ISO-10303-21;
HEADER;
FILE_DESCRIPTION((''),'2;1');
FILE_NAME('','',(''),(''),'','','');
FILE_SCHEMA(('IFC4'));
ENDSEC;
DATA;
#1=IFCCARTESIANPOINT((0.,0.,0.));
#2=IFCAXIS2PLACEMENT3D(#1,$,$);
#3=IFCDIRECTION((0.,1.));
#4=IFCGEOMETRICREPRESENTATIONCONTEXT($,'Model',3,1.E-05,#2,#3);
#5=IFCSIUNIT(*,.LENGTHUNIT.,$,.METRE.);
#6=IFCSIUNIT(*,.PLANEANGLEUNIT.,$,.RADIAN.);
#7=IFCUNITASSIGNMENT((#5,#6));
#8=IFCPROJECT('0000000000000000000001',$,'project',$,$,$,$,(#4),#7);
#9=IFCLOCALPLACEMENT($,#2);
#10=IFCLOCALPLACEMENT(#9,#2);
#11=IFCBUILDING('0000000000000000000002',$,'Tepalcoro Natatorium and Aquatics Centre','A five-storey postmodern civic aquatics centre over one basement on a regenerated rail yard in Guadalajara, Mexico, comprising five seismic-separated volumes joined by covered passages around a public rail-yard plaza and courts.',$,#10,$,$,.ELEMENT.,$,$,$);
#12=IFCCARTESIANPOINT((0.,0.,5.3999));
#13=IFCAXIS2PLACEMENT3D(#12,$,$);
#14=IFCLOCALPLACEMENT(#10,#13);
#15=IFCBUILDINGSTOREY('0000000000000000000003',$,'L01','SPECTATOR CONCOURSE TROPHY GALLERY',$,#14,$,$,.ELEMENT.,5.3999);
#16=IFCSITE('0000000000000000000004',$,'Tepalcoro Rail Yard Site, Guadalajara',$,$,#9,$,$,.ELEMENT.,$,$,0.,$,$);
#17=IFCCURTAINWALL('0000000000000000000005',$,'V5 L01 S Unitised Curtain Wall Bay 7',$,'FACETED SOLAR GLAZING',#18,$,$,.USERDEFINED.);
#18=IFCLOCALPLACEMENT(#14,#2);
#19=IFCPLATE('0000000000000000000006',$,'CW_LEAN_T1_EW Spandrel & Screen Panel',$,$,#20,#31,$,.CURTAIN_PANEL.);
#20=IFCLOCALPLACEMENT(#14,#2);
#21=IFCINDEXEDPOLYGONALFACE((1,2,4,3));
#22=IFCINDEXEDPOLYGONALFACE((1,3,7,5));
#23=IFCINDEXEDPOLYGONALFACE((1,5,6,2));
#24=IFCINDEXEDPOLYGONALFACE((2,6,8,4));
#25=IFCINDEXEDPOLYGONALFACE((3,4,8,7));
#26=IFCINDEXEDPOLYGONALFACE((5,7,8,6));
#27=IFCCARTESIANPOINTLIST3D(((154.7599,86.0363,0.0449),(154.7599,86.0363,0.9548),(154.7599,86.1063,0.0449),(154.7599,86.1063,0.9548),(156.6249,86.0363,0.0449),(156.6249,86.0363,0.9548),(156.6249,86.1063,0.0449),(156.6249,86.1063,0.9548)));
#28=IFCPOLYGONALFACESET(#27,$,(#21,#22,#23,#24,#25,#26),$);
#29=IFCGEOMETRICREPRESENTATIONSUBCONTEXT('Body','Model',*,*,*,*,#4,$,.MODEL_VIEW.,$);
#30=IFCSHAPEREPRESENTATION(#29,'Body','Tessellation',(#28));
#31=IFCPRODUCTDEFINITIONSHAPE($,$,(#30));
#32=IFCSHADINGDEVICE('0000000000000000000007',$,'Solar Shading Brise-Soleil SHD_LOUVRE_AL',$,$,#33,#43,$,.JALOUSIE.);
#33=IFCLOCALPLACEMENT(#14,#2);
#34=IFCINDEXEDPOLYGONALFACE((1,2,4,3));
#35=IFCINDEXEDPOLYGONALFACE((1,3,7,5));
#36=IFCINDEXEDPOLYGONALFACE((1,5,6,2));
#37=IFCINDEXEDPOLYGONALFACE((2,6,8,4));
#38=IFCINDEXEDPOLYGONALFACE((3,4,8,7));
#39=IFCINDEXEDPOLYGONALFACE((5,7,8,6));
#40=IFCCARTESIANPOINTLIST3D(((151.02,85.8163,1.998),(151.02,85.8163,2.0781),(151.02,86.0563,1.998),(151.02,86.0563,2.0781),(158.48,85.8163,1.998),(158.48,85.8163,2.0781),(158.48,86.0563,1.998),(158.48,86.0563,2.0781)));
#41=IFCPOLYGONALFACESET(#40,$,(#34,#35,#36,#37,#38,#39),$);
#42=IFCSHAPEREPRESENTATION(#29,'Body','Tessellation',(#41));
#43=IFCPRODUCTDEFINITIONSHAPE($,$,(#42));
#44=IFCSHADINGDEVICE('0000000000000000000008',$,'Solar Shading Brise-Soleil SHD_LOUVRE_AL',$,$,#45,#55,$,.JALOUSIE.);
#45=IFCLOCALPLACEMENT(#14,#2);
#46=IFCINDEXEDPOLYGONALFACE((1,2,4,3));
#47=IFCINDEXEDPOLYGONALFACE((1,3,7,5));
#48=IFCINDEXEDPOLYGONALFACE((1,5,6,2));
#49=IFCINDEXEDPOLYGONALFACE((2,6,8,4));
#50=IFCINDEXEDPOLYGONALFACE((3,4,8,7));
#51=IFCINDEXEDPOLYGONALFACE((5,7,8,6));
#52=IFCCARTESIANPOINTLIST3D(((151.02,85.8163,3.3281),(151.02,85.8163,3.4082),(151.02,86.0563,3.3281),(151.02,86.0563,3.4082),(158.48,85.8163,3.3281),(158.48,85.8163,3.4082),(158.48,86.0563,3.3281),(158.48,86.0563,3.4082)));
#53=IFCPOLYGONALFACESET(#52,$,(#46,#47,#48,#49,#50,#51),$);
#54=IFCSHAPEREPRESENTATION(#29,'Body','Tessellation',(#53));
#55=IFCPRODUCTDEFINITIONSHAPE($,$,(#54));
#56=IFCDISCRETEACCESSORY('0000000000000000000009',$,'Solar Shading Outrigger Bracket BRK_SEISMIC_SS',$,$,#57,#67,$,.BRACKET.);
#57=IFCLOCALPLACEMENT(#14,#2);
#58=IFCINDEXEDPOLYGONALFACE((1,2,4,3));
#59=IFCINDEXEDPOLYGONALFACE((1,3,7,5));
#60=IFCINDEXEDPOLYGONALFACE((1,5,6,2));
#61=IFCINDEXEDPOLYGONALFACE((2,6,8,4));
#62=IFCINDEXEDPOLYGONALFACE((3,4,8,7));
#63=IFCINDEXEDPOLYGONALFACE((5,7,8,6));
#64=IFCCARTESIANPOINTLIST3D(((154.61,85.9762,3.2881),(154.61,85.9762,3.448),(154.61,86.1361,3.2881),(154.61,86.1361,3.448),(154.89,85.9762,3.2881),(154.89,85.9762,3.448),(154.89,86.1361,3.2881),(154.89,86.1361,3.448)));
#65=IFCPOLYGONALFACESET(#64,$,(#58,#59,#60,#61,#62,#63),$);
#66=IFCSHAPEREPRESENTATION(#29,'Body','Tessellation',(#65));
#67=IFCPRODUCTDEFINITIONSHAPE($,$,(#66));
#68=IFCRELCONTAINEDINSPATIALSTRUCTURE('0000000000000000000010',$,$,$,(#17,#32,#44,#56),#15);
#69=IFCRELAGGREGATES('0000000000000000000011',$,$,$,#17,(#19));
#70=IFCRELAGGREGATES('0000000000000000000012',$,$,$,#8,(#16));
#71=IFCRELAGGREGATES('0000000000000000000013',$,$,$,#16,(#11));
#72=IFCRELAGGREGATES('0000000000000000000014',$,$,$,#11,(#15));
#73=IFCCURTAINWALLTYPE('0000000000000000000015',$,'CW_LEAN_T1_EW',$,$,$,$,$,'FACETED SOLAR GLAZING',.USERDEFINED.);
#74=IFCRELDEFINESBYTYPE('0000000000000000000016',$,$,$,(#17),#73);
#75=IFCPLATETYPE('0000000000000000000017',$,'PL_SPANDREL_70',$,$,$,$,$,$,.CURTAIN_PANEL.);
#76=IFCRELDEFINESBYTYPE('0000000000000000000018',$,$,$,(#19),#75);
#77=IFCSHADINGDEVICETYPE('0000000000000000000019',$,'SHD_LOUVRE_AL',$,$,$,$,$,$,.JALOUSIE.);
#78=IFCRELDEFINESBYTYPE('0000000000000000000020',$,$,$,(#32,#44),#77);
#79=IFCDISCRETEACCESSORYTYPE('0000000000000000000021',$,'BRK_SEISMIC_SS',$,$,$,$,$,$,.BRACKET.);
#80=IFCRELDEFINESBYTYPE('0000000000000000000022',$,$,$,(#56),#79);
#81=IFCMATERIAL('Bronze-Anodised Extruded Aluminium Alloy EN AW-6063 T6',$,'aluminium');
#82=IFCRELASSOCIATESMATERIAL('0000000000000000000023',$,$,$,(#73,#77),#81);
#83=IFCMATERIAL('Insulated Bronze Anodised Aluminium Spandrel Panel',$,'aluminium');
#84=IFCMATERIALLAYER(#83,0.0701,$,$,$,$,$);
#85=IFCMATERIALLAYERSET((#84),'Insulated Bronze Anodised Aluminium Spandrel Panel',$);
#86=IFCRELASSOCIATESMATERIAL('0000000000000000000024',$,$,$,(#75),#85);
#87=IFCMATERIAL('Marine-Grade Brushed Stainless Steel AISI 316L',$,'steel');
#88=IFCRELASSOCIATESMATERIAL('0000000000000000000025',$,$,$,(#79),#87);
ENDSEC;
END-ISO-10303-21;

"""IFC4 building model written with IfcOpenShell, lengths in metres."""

from ifc_helpers import new_model, si_unit, direction, frame, origin, origin_2d, place, context, subcontext, project, spatial, rectangle, extrude, material, layer, layer_set, type_object, element, aggregate, save


model = new_model("IFC4")

# Units and contexts
model_context = context("Model", 3, precision=1e-05, world=origin(), true_north=direction((0.0, 1.0)))
body_context = subcontext(model_context, "Body", "Model", "MODEL_VIEW")
ifc_project = project(units=[si_unit("LENGTHUNIT", "METRE"), si_unit("PLANEANGLEUNIT", "RADIAN")], contexts=[model_context])

# Site, building, storey
site_placement = place(None, origin())
site = spatial("IfcSite", under=ifc_project, at=site_placement, Name="Tepalcoro Rail Yard Site, Guadalajara", CompositionType="ELEMENT", RefElevation=0.0)
building_placement = place(site_placement, origin())
building = spatial("IfcBuilding", under=site, at=building_placement, Name="Tepalcoro Natatorium and Aquatics Centre", Description="A five-storey postmodern civic aquatics centre over one basement on a regenerated rail yard in Guadalajara, Mexico, comprising five seismic-separated volumes joined by covered passages around a public rail-yard plaza and courts.", CompositionType="ELEMENT")
storey_placement = place(building_placement, frame((0.0, 0.0, 5.3999)))
storey = spatial("IfcBuildingStorey", under=building, at=storey_placement, Name="L01", Description="SPECTATOR CONCOURSE TROPHY GALLERY", CompositionType="ELEMENT", Elevation=5.3999)

# Curtain wall
ifc_material_1 = material(Name="Bronze-Anodised Extruded Aluminium Alloy EN AW-6063 T6", Category="aluminium")
curtain_wall_type_1 = type_object("IfcCurtainWallType", Name="CW_LEAN_T1_EW", ElementType="FACETED SOLAR GLAZING", PredefinedType="USERDEFINED", material=ifc_material_1)
curtain_wall_1_placement = place(storey_placement, origin())
curtain_wall_1 = element("IfcCurtainWall", 1, at=curtain_wall_1_placement, inside=storey, type_object=curtain_wall_type_1, Name="V5 L01 S Unitised Curtain Wall Bay 7", ObjectType="FACETED SOLAR GLAZING", PredefinedType="USERDEFINED")

# Plate
ifc_material_2 = material(Name="Insulated Bronze Anodised Aluminium Spandrel Panel", Category="aluminium")
ifc_layer_1 = layer(ifc_material_2, 0.0701)
ifc_layer_set_1 = layer_set([ifc_layer_1], Name="Insulated Bronze Anodised Aluminium Spandrel Panel")
plate_type_1 = type_object("IfcPlateType", Name="PL_SPANDREL_70", PredefinedType="CURTAIN_PANEL", material=ifc_layer_set_1)
plate_1_placement = place(storey_placement, frame((155.6924, 86.0713, 0.0449), z_axis=(0.0, 0.0, 1.0), x_axis=(1.0, 0.0, 0.0)))
plate_1 = element("IfcPlate", 2, at=plate_1_placement, type_object=plate_type_1, Name="CW_LEAN_T1_EW Spandrel & Screen Panel", PredefinedType="CURTAIN_PANEL", context=body_context, shape_type="SweptSolid", body=[
    extrude(rectangle(XDim=1.865, YDim=0.0701, at=origin_2d()), origin(), (0.0, 0.0, 1.0), 0.9099),
])
aggregate(curtain_wall_1, [plate_1])

# Shading devices
shading_device_type = type_object("IfcShadingDeviceType", Name="SHD_LOUVRE_AL", PredefinedType="JALOUSIE", material=ifc_material_1)
for number, where, z_axis, x_axis, name in (
    (3, (154.75, 85.9363, 1.998), (0.0, 0.0, 1.0), (1.0, 0.0, 0.0), "Solar Shading Brise-Soleil SHD_LOUVRE_AL"),
    (4, (154.75, 85.9363, 3.3281), (0.0, 0.0, 1.0), (1.0, 0.0, 0.0), "Solar Shading Brise-Soleil SHD_LOUVRE_AL"),
):
    element("IfcShadingDevice", number, at=place(storey_placement, frame(where, z_axis=z_axis, x_axis=x_axis)), inside=storey, type_object=shading_device_type, Name=name, PredefinedType="JALOUSIE", context=body_context, shape_type="SweptSolid", body=[
        extrude(rectangle(XDim=7.46, YDim=0.24, at=origin_2d()), origin(), (0.0, 0.0, 1.0), 0.0801),
    ])

# Discrete accessory
ifc_material_3 = material(Name="Marine-Grade Brushed Stainless Steel AISI 316L", Category="steel")
discrete_accessory_type = type_object("IfcDiscreteAccessoryType", Name="BRK_SEISMIC_SS", PredefinedType="BRACKET", material=ifc_material_3)
discrete_accessory_placement = place(storey_placement, frame((154.75, 86.0562, 3.2881), z_axis=(0.0, 0.0, 1.0), x_axis=(1.0, 0.0, 0.0)))
element("IfcDiscreteAccessory", 5, at=discrete_accessory_placement, inside=storey, type_object=discrete_accessory_type, Name="Solar Shading Outrigger Bracket BRK_SEISMIC_SS", PredefinedType="BRACKET", context=body_context, shape_type="SweptSolid", body=[
    extrude(rectangle(XDim=0.28, YDim=0.1599, at=origin_2d()), origin(), (0.0, 0.0, 1.0), 0.1599),
])

save(model, "model.ifc")
